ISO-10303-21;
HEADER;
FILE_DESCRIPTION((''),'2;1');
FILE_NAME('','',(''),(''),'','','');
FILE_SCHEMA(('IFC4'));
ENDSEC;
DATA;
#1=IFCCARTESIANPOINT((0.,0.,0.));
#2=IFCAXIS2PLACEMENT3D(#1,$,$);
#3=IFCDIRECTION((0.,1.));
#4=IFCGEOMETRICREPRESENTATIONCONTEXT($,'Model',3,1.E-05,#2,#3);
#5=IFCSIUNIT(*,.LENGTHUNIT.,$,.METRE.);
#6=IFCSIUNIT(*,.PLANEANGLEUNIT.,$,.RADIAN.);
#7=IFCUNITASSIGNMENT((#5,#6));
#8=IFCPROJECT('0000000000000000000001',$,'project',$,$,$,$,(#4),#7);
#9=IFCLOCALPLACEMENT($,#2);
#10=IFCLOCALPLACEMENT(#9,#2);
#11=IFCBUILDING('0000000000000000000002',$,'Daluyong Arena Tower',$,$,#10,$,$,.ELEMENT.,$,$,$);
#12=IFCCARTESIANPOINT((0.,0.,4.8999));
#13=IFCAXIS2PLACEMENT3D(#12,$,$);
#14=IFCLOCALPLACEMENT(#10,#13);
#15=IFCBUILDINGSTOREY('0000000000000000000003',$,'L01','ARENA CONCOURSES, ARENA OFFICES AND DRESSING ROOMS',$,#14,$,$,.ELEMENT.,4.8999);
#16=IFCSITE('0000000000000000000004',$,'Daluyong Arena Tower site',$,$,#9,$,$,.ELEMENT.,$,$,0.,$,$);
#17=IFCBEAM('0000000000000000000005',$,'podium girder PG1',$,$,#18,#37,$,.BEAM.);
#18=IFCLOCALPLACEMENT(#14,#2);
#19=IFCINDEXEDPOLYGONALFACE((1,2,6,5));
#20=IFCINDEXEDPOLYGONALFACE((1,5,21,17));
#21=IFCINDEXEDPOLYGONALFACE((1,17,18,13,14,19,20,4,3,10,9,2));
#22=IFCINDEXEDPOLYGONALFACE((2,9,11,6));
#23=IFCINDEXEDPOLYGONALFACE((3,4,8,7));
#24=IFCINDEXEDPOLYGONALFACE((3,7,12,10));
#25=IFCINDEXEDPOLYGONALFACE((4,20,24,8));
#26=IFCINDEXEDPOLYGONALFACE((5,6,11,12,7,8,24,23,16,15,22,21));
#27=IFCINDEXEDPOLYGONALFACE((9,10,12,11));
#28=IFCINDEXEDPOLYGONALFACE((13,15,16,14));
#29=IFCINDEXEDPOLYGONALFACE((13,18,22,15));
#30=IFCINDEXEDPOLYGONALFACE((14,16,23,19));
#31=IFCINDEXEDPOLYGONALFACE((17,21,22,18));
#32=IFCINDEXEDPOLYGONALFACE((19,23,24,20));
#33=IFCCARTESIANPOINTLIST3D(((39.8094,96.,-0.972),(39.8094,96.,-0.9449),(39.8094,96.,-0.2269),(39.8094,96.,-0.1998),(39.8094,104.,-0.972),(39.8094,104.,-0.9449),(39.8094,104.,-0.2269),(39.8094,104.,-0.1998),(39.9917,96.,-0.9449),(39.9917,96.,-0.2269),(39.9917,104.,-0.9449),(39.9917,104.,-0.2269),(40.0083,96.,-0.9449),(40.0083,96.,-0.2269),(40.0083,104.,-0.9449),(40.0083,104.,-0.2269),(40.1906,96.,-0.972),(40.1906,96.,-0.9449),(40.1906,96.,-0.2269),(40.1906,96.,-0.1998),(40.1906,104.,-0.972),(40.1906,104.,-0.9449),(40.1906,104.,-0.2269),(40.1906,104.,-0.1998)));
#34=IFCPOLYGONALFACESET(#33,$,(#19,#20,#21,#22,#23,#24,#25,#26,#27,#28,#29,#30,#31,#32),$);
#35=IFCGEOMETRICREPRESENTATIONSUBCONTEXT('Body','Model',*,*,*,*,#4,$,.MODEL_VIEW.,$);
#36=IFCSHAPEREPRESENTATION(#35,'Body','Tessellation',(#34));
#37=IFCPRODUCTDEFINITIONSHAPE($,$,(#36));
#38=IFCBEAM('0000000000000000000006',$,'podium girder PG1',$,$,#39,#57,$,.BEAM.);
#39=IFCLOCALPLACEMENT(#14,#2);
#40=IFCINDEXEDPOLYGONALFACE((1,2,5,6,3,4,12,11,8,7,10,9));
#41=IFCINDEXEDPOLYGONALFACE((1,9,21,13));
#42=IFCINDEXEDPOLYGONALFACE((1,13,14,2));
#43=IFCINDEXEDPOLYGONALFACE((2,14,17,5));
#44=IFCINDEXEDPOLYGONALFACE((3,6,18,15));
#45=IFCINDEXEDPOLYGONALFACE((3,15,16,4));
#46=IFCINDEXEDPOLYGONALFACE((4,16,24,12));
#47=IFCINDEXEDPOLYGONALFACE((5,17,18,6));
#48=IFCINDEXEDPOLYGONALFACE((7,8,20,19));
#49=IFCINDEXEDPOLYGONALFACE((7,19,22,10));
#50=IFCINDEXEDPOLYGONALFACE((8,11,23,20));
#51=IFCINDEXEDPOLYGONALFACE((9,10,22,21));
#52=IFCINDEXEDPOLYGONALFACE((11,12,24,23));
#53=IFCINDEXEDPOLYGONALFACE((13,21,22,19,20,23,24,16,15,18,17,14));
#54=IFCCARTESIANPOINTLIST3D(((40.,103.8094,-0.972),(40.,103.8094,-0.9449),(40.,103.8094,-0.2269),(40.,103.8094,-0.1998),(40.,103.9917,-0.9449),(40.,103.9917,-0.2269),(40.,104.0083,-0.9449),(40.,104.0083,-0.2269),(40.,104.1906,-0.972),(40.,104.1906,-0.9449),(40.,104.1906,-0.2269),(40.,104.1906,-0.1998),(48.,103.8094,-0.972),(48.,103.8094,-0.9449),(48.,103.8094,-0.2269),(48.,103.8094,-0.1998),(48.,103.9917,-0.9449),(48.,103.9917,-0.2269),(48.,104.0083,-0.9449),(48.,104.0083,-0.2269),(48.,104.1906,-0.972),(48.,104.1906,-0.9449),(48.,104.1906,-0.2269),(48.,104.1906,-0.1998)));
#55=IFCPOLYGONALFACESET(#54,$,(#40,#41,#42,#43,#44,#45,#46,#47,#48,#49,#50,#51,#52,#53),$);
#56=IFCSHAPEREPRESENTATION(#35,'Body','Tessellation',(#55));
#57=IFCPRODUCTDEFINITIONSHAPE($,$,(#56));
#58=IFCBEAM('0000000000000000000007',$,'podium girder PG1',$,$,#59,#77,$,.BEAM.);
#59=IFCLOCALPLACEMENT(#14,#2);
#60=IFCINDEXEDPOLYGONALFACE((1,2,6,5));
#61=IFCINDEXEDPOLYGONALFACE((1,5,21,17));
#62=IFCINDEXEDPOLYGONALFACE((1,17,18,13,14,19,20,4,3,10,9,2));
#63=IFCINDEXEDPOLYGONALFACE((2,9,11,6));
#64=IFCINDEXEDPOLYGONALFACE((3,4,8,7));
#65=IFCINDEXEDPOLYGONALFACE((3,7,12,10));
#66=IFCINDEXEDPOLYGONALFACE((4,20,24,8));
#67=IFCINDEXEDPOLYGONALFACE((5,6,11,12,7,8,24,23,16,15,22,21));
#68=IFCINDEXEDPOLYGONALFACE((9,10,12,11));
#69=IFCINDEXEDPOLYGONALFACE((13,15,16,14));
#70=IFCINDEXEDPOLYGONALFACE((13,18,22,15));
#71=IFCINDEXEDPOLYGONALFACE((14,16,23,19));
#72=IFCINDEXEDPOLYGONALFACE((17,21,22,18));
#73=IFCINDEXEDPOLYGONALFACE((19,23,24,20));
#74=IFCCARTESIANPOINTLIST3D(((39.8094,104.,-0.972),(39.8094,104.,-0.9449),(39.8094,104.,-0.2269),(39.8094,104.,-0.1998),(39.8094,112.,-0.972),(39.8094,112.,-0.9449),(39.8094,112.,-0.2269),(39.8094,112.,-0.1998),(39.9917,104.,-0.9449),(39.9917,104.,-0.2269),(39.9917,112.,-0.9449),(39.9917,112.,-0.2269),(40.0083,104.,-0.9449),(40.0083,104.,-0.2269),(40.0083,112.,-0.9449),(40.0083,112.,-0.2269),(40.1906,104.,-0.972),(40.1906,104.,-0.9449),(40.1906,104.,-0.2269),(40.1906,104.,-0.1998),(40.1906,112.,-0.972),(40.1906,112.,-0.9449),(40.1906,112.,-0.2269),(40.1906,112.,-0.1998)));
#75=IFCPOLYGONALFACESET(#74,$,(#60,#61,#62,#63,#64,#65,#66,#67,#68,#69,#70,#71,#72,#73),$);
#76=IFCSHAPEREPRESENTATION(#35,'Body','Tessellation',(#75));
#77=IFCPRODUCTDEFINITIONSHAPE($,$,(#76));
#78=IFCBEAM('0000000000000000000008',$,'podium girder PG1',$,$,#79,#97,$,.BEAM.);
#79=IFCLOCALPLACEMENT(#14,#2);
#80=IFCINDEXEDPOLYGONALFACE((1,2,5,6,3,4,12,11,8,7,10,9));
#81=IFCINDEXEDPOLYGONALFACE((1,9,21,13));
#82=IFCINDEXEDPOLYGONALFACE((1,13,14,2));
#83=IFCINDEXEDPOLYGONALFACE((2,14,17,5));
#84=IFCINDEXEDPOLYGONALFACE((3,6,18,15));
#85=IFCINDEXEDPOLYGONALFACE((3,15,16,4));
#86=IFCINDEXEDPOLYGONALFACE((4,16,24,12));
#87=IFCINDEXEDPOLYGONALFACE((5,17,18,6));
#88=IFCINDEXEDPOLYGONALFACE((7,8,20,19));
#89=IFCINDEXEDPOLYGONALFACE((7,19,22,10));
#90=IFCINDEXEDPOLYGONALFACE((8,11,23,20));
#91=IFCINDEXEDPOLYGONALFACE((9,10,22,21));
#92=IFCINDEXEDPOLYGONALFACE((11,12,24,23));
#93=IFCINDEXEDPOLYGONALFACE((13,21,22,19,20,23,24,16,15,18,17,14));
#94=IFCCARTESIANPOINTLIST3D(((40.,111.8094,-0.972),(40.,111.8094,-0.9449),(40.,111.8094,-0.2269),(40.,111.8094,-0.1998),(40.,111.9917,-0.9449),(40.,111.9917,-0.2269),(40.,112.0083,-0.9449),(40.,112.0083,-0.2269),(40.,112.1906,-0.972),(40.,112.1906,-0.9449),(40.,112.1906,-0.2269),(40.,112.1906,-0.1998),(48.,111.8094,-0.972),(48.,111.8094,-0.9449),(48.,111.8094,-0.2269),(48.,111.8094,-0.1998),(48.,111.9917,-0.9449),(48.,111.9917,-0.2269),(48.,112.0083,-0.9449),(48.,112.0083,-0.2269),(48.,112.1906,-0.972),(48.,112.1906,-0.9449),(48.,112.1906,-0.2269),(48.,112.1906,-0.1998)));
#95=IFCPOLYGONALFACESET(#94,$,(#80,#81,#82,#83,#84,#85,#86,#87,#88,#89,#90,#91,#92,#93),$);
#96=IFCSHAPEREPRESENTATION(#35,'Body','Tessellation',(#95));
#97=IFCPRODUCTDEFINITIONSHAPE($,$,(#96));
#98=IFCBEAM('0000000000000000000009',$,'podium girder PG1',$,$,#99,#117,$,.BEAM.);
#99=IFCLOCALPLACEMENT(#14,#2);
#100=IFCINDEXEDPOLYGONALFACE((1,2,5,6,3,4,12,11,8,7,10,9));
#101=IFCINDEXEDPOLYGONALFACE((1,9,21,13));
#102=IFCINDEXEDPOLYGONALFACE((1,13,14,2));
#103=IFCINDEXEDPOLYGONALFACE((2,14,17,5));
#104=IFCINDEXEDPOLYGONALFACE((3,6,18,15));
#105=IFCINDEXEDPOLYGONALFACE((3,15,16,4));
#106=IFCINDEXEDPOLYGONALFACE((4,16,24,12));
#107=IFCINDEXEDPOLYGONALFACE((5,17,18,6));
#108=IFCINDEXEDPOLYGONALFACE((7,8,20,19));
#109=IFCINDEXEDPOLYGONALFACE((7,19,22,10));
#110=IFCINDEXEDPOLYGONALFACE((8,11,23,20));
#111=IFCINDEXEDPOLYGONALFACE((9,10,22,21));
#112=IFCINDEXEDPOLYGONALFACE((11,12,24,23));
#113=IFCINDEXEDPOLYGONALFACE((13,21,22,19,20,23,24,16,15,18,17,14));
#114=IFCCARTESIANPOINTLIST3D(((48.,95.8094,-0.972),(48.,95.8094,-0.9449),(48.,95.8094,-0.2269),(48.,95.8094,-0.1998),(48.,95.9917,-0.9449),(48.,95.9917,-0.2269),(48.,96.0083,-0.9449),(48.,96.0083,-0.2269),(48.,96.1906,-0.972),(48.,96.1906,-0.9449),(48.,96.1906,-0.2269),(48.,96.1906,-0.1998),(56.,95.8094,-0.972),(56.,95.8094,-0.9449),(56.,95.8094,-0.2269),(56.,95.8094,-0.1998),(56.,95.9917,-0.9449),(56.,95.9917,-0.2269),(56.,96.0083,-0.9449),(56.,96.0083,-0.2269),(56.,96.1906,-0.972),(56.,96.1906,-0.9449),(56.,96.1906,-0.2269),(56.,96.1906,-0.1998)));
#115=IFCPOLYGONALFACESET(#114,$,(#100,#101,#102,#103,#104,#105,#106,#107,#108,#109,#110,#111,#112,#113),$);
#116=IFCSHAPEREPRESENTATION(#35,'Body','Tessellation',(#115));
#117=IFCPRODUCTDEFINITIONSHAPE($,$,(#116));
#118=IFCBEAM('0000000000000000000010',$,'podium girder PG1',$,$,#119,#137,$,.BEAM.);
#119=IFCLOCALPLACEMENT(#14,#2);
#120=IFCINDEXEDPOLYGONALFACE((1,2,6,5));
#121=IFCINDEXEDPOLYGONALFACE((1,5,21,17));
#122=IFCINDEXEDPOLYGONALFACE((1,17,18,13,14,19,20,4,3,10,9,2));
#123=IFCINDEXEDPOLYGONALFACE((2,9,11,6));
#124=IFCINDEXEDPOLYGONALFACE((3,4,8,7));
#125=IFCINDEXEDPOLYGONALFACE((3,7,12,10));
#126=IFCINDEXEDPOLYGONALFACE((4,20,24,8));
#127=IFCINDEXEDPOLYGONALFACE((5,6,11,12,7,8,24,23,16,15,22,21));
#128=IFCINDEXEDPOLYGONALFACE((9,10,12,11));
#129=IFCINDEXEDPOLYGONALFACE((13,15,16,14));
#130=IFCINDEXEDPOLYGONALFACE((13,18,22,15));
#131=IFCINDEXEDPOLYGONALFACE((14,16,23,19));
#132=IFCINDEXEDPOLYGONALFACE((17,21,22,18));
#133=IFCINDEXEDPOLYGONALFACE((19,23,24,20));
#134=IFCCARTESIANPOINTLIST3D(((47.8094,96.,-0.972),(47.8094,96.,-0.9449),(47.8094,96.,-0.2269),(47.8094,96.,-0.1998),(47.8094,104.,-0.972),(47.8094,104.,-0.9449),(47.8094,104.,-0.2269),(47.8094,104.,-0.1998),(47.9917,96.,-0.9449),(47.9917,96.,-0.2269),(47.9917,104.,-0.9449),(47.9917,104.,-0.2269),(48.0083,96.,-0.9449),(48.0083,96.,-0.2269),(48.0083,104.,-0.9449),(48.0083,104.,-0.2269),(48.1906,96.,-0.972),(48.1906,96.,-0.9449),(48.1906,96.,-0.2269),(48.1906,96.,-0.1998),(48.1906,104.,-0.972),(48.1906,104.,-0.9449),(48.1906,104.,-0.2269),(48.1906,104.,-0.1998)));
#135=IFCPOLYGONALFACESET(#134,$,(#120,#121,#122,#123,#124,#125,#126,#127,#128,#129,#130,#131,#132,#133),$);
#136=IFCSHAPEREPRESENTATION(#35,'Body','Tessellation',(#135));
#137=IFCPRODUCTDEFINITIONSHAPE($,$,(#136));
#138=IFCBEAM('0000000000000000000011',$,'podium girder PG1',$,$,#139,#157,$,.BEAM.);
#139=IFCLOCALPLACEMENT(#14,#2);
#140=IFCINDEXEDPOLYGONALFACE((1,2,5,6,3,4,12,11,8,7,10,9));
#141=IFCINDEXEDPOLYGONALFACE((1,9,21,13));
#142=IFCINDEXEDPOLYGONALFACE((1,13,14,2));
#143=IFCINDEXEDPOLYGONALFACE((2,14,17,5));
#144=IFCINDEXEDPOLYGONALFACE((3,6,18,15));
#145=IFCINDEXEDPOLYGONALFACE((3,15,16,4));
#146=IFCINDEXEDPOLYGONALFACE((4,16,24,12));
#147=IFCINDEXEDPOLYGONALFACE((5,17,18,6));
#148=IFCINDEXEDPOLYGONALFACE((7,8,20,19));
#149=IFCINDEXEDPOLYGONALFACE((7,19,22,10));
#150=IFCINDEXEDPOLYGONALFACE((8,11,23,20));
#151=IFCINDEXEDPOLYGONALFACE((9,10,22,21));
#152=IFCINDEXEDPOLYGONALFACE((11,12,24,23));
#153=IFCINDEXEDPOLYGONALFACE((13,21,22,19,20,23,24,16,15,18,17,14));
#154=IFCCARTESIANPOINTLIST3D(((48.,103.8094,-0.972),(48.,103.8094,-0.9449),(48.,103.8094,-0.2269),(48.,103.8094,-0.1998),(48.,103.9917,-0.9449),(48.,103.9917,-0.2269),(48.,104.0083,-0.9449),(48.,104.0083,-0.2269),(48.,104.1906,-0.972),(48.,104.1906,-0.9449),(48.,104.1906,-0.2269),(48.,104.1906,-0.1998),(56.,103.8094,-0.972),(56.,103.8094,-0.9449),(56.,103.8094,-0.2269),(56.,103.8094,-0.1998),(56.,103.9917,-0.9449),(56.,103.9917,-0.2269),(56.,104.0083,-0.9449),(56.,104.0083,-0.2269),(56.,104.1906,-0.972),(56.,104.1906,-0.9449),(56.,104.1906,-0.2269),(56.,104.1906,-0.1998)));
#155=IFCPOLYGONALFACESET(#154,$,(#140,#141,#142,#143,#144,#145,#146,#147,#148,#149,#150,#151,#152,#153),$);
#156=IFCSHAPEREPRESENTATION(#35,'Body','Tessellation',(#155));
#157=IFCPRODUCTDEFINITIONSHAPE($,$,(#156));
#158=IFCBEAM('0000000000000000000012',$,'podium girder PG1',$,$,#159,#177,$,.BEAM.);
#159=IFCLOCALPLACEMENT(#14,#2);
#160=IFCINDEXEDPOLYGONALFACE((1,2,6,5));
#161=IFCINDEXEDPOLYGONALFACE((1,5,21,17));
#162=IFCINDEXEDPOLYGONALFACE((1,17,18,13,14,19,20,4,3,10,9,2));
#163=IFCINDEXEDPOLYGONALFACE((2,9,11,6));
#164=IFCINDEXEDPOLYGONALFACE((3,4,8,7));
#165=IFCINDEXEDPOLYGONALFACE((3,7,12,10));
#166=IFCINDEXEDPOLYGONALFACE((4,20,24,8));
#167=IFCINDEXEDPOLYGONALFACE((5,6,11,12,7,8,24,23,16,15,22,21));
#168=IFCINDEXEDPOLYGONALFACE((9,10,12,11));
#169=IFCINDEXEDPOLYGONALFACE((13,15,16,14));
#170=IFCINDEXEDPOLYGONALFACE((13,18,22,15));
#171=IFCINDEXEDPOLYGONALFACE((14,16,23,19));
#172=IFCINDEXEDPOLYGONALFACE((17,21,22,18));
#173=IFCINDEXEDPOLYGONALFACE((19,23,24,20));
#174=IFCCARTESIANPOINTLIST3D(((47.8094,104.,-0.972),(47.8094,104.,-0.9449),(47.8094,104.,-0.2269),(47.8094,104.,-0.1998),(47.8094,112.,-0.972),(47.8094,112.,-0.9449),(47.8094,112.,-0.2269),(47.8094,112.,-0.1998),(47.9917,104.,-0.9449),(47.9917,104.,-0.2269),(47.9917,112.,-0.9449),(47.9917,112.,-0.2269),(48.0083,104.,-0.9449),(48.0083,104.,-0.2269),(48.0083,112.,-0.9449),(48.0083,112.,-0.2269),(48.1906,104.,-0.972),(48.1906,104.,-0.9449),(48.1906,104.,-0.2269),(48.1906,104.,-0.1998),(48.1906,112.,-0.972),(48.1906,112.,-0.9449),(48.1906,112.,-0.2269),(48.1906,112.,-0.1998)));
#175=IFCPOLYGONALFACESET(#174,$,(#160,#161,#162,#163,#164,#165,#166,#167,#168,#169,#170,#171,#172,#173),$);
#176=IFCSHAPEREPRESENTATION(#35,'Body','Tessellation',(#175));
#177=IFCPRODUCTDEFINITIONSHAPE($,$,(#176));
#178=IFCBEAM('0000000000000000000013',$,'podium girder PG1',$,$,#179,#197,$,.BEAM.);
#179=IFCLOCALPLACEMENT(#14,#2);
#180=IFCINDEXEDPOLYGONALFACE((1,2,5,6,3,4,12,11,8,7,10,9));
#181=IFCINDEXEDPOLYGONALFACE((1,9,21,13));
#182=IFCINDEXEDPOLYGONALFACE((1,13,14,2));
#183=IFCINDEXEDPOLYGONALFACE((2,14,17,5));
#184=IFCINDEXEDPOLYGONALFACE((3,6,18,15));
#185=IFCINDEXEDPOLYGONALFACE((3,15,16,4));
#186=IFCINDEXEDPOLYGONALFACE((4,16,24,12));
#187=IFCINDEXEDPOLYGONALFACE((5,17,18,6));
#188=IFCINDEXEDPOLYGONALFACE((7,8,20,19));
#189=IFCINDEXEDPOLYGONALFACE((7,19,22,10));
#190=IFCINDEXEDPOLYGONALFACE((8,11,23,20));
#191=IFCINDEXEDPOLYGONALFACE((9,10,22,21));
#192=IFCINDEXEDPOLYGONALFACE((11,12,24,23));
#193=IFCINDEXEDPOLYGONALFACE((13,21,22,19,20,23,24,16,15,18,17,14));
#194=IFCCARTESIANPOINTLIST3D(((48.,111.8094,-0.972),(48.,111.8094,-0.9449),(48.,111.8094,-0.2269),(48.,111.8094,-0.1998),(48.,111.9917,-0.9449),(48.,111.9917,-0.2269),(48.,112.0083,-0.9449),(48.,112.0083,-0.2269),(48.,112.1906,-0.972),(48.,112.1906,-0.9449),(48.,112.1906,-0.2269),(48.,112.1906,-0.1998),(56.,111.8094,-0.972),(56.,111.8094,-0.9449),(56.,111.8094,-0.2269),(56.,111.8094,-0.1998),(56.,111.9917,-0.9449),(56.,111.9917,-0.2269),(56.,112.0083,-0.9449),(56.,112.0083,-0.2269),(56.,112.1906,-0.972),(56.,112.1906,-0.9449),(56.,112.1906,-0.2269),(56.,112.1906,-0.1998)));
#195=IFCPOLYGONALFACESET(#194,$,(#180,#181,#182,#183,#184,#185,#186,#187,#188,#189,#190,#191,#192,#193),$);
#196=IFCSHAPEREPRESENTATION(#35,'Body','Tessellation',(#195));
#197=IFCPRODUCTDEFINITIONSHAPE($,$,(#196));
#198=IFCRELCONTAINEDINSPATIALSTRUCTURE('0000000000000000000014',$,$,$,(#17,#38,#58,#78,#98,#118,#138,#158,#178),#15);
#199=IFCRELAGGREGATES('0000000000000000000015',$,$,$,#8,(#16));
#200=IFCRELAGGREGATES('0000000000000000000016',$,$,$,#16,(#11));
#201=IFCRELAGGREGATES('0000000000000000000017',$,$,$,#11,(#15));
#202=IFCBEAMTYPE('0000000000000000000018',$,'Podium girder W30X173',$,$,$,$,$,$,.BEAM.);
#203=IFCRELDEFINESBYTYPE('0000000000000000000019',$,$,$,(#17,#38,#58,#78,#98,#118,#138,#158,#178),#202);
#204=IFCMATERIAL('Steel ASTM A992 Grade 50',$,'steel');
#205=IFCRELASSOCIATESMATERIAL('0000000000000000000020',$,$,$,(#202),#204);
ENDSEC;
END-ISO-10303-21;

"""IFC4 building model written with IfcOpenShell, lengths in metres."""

from ifc_helpers import new_model, si_unit, direction, frame, origin, origin_2d, place, context, subcontext, project, spatial, i_section, extrude, material, material_profile, profile_set, type_object, element, save


model = new_model("IFC4")

# Units and contexts
model_context = context("Model", 3, precision=1e-05, world=origin(), true_north=direction((0.0, 1.0)))
body_context = subcontext(model_context, "Body", "Model", "MODEL_VIEW")
ifc_project = project(units=[si_unit("LENGTHUNIT", "METRE"), si_unit("PLANEANGLEUNIT", "RADIAN")], contexts=[model_context])

# Site, building, storey
site_placement = place(None, origin())
site = spatial("IfcSite", under=ifc_project, at=site_placement, Name="Daluyong Arena Tower site", CompositionType="ELEMENT", RefElevation=0.0)
building_placement = place(site_placement, origin())
building = spatial("IfcBuilding", under=site, at=building_placement, Name="Daluyong Arena Tower", CompositionType="ELEMENT")
storey_placement = place(building_placement, frame((0.0, 0.0, 4.8999)))
storey = spatial("IfcBuildingStorey", under=building, at=storey_placement, Name="L01", Description="ARENA CONCOURSES, ARENA OFFICES AND DRESSING ROOMS", CompositionType="ELEMENT", Elevation=4.8999)

# Beams
ifc_material_1 = material(Name="Steel ASTM A992 Grade 50", Category="steel")
ifc_material_profile_1 = material_profile(ifc_material_1, i_section(OverallWidth=0.3811, OverallDepth=0.7722, WebThickness=0.0166, FlangeThickness=0.0271, at=origin_2d()))
ifc_profile_set_1 = profile_set([ifc_material_profile_1], Name="Steel ASTM A992 Grade 50")
beam_type_1 = type_object("IfcBeamType", Name="Podium girder W30X173", PredefinedType="BEAM", material=ifc_profile_set_1)
for number, where, z_axis, x_axis, name in (
    (1, (40.0, 96.0, -0.5859), (0.0, 1.0, 0.0), (-1.0, 0.0, 0.0), "podium girder PG1"),
    (2, (40.0, 104.0, -0.5859), (1.0, 0.0, 0.0), (0.0, 1.0, 0.0), "podium girder PG1"),
    (3, (40.0, 104.0, -0.5859), (0.0, 1.0, 0.0), (-1.0, 0.0, 0.0), "podium girder PG1"),
    (4, (40.0, 112.0, -0.5859), (1.0, 0.0, 0.0), (0.0, 1.0, 0.0), "podium girder PG1"),
    (5, (48.0, 96.0, -0.5859), (1.0, 0.0, 0.0), (0.0, 1.0, 0.0), "podium girder PG1"),
    (6, (48.0, 96.0, -0.5859), (0.0, 1.0, 0.0), (-1.0, 0.0, 0.0), "podium girder PG1"),
    (7, (48.0, 104.0, -0.5859), (1.0, 0.0, 0.0), (0.0, 1.0, 0.0), "podium girder PG1"),
    (8, (48.0, 104.0, -0.5859), (0.0, 1.0, 0.0), (-1.0, 0.0, 0.0), "podium girder PG1"),
    (9, (48.0, 112.0, -0.5859), (1.0, 0.0, 0.0), (0.0, 1.0, 0.0), "podium girder PG1"),
):
    element("IfcBeam", number, at=place(storey_placement, frame(where, z_axis=z_axis, x_axis=x_axis)), inside=storey, type_object=beam_type_1, Name=name, PredefinedType="BEAM", context=body_context, shape_type="SweptSolid", body=[
        extrude(i_section(OverallWidth=0.3811, OverallDepth=0.7722, WebThickness=0.0166, FlangeThickness=0.0271, at=origin_2d()), origin(), (0.0, 0.0, 1.0), 8.0),
    ])

save(model, "model.ifc")
